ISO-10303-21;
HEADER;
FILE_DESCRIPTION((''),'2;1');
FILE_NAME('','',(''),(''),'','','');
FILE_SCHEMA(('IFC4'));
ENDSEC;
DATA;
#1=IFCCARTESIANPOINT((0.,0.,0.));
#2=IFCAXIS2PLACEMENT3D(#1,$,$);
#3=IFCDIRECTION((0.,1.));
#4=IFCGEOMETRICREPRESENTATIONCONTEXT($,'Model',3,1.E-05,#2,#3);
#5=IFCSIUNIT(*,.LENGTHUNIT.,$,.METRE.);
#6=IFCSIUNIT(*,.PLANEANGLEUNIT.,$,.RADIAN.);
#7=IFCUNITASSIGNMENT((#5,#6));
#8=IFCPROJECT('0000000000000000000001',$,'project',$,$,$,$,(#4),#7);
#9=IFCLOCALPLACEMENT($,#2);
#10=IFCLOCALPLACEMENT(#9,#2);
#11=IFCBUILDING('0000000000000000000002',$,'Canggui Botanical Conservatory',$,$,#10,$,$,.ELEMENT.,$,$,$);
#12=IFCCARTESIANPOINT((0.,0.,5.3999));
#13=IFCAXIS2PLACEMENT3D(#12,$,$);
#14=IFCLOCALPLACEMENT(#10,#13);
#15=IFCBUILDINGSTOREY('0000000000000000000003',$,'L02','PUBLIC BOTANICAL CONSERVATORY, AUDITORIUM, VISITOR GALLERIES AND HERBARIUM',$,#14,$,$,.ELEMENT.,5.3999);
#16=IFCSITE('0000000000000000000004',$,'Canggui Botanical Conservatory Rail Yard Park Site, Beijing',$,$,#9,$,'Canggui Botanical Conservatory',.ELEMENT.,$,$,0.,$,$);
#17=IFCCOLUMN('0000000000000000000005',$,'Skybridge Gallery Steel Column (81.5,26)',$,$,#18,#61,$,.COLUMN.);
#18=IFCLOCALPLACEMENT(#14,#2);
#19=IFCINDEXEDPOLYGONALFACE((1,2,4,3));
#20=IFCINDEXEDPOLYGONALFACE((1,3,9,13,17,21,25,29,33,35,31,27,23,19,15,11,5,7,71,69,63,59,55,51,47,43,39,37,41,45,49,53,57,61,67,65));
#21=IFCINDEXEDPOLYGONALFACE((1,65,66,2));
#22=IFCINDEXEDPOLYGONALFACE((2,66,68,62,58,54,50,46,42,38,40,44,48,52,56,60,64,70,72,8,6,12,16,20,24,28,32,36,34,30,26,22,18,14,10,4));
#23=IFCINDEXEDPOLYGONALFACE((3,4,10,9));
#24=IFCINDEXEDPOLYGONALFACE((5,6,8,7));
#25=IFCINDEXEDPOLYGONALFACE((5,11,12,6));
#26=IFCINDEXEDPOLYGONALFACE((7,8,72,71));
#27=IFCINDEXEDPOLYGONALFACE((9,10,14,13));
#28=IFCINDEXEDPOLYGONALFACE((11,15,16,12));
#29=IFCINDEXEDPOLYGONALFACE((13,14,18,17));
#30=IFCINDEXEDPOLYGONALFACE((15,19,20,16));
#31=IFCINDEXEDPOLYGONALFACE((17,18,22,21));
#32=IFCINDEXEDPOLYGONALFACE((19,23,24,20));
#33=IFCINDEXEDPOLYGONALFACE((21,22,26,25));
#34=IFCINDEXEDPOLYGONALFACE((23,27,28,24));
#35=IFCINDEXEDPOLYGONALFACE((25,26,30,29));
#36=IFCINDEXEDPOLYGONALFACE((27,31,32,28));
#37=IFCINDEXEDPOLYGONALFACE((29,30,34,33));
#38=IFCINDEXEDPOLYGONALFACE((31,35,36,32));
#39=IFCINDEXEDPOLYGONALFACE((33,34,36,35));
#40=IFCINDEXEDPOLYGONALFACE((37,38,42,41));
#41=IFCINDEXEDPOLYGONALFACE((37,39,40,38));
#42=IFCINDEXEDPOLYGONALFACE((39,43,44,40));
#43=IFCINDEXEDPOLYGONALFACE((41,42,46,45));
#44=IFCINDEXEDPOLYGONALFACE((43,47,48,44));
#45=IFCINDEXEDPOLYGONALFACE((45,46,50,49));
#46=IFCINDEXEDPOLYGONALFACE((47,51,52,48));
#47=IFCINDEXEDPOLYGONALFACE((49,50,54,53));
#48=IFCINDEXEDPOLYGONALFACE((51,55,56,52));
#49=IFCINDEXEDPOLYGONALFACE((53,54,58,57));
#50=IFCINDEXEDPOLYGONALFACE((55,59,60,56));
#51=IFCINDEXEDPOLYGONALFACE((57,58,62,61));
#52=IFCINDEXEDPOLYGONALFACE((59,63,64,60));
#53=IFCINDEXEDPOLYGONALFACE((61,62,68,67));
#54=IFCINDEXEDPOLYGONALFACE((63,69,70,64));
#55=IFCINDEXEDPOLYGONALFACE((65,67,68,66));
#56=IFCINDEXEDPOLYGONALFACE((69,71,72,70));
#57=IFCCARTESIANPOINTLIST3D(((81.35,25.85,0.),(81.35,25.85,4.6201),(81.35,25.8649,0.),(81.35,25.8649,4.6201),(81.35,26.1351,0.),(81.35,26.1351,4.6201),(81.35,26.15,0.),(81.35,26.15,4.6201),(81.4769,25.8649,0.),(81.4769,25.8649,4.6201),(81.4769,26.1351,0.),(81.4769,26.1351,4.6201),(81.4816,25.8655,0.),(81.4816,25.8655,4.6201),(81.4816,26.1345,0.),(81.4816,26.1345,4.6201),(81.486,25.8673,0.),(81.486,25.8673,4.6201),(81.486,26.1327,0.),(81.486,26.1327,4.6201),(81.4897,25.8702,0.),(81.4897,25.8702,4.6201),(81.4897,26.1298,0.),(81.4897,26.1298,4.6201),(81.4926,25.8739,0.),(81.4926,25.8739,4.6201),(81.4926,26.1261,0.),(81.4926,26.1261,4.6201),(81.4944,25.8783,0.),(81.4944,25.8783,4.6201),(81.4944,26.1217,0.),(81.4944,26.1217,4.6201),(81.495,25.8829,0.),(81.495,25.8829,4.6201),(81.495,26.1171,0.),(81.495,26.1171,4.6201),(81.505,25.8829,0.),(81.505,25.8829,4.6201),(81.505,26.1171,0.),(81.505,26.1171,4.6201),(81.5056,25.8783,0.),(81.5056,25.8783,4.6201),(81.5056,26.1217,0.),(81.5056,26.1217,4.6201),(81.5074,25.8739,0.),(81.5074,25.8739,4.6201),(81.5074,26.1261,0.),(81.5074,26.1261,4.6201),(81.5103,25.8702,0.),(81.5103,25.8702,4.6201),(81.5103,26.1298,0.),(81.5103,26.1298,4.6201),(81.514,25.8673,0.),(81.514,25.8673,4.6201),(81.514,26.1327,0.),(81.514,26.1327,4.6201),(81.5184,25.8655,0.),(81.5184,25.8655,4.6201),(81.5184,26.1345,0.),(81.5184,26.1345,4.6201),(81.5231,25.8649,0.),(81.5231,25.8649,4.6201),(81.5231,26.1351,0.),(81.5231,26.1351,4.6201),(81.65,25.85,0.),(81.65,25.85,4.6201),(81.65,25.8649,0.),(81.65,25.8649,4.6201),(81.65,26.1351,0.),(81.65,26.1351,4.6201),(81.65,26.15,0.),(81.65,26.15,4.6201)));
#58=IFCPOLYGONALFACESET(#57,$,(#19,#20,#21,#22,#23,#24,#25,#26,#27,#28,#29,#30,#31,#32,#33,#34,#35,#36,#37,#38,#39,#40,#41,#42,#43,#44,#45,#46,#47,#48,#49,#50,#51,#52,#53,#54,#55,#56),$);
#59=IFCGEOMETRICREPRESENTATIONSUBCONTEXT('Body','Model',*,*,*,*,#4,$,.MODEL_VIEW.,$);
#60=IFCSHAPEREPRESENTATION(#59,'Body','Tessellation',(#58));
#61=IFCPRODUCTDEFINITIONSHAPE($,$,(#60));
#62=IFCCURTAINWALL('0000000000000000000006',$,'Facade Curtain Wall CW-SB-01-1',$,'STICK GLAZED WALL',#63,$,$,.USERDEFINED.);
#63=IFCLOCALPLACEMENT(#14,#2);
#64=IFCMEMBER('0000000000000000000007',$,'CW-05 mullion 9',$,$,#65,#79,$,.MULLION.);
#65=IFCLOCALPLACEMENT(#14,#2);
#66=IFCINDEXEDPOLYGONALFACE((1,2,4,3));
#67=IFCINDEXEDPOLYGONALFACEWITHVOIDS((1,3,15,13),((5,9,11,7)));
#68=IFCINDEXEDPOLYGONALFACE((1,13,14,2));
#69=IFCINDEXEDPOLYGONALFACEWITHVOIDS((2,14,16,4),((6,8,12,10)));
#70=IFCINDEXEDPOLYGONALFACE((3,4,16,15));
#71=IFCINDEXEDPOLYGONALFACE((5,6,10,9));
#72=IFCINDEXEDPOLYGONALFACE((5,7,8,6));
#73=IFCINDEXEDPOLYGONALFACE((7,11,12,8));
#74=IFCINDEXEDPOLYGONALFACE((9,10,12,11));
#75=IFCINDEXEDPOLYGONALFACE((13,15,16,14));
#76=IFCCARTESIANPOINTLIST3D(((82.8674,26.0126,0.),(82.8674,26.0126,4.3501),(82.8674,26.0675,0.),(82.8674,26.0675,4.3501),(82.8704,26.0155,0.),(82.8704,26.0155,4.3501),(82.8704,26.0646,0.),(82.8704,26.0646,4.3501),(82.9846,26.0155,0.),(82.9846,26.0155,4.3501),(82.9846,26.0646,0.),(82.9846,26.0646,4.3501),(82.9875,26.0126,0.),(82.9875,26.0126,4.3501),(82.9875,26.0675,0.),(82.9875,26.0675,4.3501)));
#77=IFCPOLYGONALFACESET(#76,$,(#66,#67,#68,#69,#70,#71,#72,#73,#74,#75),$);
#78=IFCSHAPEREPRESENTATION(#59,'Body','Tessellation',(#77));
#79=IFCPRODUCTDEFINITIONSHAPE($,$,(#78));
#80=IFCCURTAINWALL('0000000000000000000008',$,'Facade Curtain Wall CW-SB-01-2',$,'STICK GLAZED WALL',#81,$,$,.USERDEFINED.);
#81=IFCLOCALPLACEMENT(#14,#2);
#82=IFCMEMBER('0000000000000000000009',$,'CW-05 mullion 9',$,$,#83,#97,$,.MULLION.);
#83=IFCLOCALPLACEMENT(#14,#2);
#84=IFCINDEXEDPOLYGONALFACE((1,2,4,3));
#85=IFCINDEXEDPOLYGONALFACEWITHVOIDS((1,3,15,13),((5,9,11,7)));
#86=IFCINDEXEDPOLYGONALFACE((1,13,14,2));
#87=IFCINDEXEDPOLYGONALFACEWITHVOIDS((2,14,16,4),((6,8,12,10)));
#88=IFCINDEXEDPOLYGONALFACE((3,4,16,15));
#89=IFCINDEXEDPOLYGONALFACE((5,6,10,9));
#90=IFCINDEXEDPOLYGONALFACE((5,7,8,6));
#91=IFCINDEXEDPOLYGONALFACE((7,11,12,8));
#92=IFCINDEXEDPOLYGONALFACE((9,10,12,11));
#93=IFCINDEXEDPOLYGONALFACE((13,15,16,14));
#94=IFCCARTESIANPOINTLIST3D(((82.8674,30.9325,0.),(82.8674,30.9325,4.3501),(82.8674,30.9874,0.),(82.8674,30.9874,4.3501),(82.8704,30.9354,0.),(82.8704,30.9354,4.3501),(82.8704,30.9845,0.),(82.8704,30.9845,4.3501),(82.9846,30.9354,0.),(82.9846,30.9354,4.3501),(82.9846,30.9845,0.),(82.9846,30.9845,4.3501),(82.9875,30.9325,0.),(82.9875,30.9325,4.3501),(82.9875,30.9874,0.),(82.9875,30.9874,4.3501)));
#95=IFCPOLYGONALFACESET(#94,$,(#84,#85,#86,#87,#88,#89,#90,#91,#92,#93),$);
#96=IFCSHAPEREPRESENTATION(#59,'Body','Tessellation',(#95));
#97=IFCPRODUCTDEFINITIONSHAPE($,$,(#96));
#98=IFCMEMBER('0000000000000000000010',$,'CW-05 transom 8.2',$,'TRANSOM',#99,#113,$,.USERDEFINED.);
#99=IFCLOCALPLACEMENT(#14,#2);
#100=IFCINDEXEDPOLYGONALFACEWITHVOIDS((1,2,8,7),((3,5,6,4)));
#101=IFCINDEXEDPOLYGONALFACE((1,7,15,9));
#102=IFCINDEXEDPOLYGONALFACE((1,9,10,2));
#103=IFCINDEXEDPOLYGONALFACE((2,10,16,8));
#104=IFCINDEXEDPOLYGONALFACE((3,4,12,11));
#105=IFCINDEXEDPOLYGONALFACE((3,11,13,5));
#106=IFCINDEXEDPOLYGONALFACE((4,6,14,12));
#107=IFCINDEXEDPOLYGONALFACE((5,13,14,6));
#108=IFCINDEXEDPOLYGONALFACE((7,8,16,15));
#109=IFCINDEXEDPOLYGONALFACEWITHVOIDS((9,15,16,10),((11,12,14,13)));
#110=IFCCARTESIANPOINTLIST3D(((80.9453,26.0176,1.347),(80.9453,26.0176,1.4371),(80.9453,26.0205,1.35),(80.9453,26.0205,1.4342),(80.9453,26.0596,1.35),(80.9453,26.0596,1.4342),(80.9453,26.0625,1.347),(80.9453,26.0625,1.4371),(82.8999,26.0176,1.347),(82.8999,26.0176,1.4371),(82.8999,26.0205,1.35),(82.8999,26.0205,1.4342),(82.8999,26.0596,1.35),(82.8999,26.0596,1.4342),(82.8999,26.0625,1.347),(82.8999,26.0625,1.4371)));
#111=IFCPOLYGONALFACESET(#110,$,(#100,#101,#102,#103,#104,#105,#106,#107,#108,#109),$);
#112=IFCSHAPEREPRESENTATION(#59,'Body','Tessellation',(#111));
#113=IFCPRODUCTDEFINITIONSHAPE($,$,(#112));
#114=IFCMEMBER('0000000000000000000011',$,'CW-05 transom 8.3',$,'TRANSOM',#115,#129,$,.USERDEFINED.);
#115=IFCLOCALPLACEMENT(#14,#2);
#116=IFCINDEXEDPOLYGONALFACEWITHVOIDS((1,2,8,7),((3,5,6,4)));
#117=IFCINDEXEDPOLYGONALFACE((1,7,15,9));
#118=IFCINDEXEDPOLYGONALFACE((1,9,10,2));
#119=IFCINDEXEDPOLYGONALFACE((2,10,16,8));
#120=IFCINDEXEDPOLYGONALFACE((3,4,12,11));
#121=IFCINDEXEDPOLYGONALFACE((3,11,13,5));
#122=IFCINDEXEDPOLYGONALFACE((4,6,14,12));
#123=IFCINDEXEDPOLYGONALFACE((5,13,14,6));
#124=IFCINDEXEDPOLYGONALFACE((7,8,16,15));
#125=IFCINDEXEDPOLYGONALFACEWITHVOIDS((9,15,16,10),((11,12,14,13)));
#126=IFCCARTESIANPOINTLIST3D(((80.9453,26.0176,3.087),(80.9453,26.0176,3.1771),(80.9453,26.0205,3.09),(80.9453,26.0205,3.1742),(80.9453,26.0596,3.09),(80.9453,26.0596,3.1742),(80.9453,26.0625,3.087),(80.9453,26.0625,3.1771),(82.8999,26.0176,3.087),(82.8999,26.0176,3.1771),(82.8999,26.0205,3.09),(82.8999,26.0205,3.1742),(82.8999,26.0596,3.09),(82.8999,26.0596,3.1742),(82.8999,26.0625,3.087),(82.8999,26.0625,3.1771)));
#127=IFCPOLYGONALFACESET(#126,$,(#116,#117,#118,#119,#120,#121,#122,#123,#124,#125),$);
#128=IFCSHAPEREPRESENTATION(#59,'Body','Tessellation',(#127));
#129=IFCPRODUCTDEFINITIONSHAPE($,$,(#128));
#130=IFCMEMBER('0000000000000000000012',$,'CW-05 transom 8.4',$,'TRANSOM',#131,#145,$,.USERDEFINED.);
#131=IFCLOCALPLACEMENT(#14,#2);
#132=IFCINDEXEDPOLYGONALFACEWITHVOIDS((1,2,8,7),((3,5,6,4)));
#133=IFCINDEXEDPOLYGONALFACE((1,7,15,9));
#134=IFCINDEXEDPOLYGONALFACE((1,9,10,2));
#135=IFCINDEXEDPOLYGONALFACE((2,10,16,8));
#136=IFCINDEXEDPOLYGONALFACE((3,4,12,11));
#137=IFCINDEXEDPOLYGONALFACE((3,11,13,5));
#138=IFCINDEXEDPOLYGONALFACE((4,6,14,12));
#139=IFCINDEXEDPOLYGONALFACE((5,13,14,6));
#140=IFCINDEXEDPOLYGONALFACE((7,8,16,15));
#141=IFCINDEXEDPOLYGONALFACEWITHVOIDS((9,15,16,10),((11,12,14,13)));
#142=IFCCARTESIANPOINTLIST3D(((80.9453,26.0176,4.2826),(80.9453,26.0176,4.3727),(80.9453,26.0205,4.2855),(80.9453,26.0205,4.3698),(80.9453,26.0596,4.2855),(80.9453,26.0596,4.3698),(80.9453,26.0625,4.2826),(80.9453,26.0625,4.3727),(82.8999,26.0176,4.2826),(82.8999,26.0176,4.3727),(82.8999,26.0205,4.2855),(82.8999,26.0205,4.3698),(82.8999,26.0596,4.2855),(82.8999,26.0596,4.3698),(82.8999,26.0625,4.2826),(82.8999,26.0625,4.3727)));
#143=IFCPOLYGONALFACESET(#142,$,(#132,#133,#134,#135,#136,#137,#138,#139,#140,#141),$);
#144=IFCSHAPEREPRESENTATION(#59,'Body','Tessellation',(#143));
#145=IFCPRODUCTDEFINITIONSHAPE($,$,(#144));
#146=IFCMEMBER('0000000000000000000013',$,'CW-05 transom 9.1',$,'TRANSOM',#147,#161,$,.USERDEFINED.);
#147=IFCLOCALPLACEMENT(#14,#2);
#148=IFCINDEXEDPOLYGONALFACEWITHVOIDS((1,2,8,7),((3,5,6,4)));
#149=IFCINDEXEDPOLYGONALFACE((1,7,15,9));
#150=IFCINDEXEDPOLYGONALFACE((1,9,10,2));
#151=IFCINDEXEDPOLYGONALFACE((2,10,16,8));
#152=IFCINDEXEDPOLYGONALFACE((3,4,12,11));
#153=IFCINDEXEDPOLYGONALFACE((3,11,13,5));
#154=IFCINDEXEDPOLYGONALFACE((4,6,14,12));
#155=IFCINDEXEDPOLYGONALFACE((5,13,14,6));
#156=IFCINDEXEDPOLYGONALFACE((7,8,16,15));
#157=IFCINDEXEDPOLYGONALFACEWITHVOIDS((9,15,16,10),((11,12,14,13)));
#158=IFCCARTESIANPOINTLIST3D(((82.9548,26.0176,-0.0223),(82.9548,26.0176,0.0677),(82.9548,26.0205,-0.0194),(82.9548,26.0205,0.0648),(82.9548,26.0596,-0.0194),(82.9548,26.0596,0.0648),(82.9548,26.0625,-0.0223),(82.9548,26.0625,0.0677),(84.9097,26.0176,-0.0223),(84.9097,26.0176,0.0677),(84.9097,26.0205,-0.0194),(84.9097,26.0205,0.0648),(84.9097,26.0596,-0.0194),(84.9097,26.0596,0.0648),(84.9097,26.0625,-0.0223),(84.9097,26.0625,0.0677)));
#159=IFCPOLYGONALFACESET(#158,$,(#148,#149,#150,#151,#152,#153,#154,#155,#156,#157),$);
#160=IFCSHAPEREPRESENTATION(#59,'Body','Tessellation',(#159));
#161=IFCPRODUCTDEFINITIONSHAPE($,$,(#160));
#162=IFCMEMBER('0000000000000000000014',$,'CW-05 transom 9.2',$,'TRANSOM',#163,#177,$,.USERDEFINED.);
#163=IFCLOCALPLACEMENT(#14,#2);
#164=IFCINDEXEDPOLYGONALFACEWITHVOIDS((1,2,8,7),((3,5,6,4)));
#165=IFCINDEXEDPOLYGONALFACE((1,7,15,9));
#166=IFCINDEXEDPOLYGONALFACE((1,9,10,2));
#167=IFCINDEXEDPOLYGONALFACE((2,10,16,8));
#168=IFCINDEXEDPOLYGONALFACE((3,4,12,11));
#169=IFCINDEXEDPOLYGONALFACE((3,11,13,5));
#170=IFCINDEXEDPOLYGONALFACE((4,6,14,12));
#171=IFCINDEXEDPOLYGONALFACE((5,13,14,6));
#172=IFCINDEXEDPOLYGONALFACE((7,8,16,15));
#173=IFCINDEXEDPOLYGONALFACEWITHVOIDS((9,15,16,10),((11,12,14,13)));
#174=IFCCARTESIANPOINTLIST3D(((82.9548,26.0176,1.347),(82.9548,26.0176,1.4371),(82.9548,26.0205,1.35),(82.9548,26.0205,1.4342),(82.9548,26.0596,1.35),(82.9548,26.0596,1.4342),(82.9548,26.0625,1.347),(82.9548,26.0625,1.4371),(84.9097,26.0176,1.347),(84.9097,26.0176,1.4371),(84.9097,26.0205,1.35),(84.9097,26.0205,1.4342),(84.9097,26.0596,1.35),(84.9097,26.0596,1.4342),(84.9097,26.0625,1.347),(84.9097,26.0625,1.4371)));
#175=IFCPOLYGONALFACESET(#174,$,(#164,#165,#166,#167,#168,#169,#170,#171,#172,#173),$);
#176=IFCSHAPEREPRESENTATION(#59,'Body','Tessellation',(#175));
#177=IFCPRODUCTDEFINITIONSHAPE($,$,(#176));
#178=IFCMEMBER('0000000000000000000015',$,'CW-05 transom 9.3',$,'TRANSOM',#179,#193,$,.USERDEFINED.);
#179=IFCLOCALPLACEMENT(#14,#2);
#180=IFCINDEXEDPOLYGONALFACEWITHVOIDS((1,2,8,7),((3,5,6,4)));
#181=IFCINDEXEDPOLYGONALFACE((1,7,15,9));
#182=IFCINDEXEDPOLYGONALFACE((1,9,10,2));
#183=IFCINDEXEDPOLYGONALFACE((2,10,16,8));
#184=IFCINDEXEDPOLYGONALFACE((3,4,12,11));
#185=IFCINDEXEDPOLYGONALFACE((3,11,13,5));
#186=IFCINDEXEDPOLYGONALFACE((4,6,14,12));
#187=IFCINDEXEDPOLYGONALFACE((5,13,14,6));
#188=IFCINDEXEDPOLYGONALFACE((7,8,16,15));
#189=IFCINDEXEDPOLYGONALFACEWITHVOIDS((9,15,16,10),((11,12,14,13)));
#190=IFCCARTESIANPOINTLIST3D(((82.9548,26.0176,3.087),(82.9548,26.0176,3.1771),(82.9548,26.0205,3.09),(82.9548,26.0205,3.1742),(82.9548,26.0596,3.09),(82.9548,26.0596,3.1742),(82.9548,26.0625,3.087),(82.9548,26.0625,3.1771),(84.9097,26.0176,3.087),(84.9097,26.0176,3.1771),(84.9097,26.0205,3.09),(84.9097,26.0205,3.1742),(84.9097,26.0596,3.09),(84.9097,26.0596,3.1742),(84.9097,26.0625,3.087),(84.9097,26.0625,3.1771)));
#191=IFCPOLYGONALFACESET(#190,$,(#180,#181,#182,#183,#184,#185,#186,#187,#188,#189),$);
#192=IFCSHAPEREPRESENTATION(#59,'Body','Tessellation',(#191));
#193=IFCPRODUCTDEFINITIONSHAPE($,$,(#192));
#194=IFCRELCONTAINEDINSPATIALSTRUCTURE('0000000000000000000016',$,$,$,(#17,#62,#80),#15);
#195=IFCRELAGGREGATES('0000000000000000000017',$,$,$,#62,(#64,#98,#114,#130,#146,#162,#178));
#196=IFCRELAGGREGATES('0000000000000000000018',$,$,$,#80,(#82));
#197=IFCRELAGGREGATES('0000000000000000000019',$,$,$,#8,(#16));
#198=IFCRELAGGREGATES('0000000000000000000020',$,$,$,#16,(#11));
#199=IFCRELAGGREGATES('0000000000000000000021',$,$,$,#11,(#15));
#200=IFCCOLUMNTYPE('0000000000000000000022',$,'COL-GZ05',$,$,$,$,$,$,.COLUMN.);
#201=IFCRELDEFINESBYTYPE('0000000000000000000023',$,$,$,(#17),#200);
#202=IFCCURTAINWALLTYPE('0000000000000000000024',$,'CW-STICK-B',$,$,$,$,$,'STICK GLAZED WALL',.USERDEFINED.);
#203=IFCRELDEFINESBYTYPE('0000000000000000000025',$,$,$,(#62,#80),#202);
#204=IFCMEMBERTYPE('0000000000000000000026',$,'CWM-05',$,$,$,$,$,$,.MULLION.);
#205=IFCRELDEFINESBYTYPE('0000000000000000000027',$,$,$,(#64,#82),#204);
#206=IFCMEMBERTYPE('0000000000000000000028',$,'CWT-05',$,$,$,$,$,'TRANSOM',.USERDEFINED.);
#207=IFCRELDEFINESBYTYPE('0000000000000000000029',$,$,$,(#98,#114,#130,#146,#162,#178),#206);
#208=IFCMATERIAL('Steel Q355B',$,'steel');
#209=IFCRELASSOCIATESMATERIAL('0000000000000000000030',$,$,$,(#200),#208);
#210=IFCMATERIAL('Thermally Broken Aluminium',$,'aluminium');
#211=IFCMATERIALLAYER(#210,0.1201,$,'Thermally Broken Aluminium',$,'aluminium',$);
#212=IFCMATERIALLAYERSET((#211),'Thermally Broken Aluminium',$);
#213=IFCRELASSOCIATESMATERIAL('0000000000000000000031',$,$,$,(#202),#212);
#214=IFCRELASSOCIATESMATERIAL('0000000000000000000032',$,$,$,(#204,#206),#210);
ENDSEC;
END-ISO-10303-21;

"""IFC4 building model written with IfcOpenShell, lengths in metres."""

from ifc_helpers import new_model, si_unit, direction, frame, origin, origin_2d, place, context, subcontext, project, spatial, hollow_rectangle, i_section, extrude, material, layer, layer_set, material_profile, profile_set, type_object, element, aggregate, save


model = new_model("IFC4")

# Units and contexts
model_context = context("Model", 3, precision=1e-05, world=origin(), true_north=direction((0.0, 1.0)))
body_context = subcontext(model_context, "Body", "Model", "MODEL_VIEW")
ifc_project = project(units=[si_unit("LENGTHUNIT", "METRE"), si_unit("PLANEANGLEUNIT", "RADIAN")], contexts=[model_context])

# Site, building, storey
site_placement = place(None, origin())
site = spatial("IfcSite", under=ifc_project, at=site_placement, Name="Canggui Botanical Conservatory Rail Yard Park Site, Beijing", LongName="Canggui Botanical Conservatory", CompositionType="ELEMENT", RefElevation=0.0)
building_placement = place(site_placement, origin())
building = spatial("IfcBuilding", under=site, at=building_placement, Name="Canggui Botanical Conservatory", CompositionType="ELEMENT")
storey_placement = place(building_placement, frame((0.0, 0.0, 5.3999)))
storey = spatial("IfcBuildingStorey", under=building, at=storey_placement, Name="L02", Description="PUBLIC BOTANICAL CONSERVATORY, AUDITORIUM, VISITOR GALLERIES AND HERBARIUM", CompositionType="ELEMENT", Elevation=5.3999)

# Column
ifc_material_1 = material(Name="Steel Q355B", Category="steel")
ifc_material_profile_1 = material_profile(ifc_material_1, i_section(OverallWidth=0.3, OverallDepth=0.3, WebThickness=0.01, FlangeThickness=0.0149, FilletRadius=0.0181, at=origin_2d()), Name="HW 300x300x10x15")
ifc_profile_set_1 = profile_set([ifc_material_profile_1], Name="Steel Q355B")
column_type = type_object("IfcColumnType", Name="COL-GZ05", PredefinedType="COLUMN", material=ifc_profile_set_1)
column_placement = place(storey_placement, frame((81.5, 26.0, 0.0), z_axis=(0.0, 0.0, 1.0), x_axis=(1.0, 0.0, 0.0)))
element("IfcColumn", 1, at=column_placement, inside=storey, type_object=column_type, Name="Skybridge Gallery Steel Column (81.5,26)", PredefinedType="COLUMN", context=body_context, shape_type="SweptSolid", body=[
    extrude(i_section(OverallWidth=0.3, OverallDepth=0.3, WebThickness=0.01, FlangeThickness=0.0149, FilletRadius=0.0181, at=origin_2d()), origin(), (0.0, 0.0, 1.0), 4.6201),
])

# Curtain walls, members
ifc_material_2 = material(Name="Thermally Broken Aluminium", Category="aluminium")
ifc_layer_1 = layer(ifc_material_2, 0.1201, Name="Thermally Broken Aluminium", Category="aluminium")
ifc_layer_set_1 = layer_set([ifc_layer_1], Name="Thermally Broken Aluminium")
curtain_wall_type = type_object("IfcCurtainWallType", Name="CW-STICK-B", ElementType="STICK GLAZED WALL", PredefinedType="USERDEFINED", material=ifc_layer_set_1)
curtain_wall_1_placement = place(storey_placement, origin())
curtain_wall_1 = element("IfcCurtainWall", 2, at=curtain_wall_1_placement, inside=storey, type_object=curtain_wall_type, Name="Facade Curtain Wall CW-SB-01-1", ObjectType="STICK GLAZED WALL", PredefinedType="USERDEFINED")
ifc_material_profile_2 = material_profile(ifc_material_2, hollow_rectangle(XDim=0.0549, YDim=0.1201, WallThickness=0.0029, at=origin_2d()), Name="CWM 55x120x3")
ifc_profile_set_2 = profile_set([ifc_material_profile_2], Name="Thermally Broken Aluminium")
member_type_1 = type_object("IfcMemberType", Name="CWM-05", PredefinedType="MULLION", material=ifc_profile_set_2)
member_1_placement = place(storey_placement, frame((82.9275, 26.04, 0.0), z_axis=(0.0, 0.0, 1.0), x_axis=(0.0, 1.0, 0.0)))
member_1 = element("IfcMember", 3, at=member_1_placement, type_object=member_type_1, Name="CW-05 mullion 9", PredefinedType="MULLION", context=body_context, shape_type="SweptSolid", body=[
    extrude(hollow_rectangle(XDim=0.0549, YDim=0.1201, WallThickness=0.0029, at=origin_2d()), origin(), (0.0, 0.0, 1.0), 4.3501),
])
curtain_wall_2_placement = place(storey_placement, origin())
curtain_wall_2 = element("IfcCurtainWall", 4, at=curtain_wall_2_placement, inside=storey, type_object=curtain_wall_type, Name="Facade Curtain Wall CW-SB-01-2", ObjectType="STICK GLAZED WALL", PredefinedType="USERDEFINED")
member_2_placement = place(storey_placement, frame((82.9275, 30.96, 0.0), z_axis=(0.0, 0.0, 1.0), x_axis=(0.0, 1.0, 0.0)))
member_2 = element("IfcMember", 5, at=member_2_placement, type_object=member_type_1, Name="CW-05 mullion 9", PredefinedType="MULLION", context=body_context, shape_type="SweptSolid", body=[
    extrude(hollow_rectangle(XDim=0.0549, YDim=0.1201, WallThickness=0.0029, at=origin_2d()), origin(), (0.0, 0.0, 1.0), 4.3501),
])

# Members
ifc_material_profile_3 = material_profile(ifc_material_2, hollow_rectangle(XDim=0.0449, YDim=0.0901, WallThickness=0.0029, at=origin_2d()), Name="CWT 45x90x3")
ifc_profile_set_3 = profile_set([ifc_material_profile_3], Name="Thermally Broken Aluminium")
member_type_2 = type_object("IfcMemberType", Name="CWT-05", ElementType="TRANSOM", PredefinedType="USERDEFINED", material=ifc_profile_set_3)
member_3_placement = place(storey_placement, frame((80.9453, 26.04, 1.3921), z_axis=(1.0, 0.0, 0.0), x_axis=(0.0, 1.0, 0.0)))
member_3 = element("IfcMember", 6, at=member_3_placement, type_object=member_type_2, Name="CW-05 transom 8.2", ObjectType="TRANSOM", PredefinedType="USERDEFINED", context=body_context, shape_type="SweptSolid", body=[
    extrude(hollow_rectangle(XDim=0.0449, YDim=0.0901, WallThickness=0.0029, at=origin_2d()), origin(), (0.0, 0.0, 1.0), 1.9546),
])
member_4_placement = place(storey_placement, frame((80.9453, 26.04, 3.1321), z_axis=(1.0, 0.0, 0.0), x_axis=(0.0, 1.0, 0.0)))
member_4 = element("IfcMember", 7, at=member_4_placement, type_object=member_type_2, Name="CW-05 transom 8.3", ObjectType="TRANSOM", PredefinedType="USERDEFINED", context=body_context, shape_type="SweptSolid", body=[
    extrude(hollow_rectangle(XDim=0.0449, YDim=0.0901, WallThickness=0.0029, at=origin_2d()), origin(), (0.0, 0.0, 1.0), 1.9546),
])
member_5_placement = place(storey_placement, frame((80.9453, 26.04, 4.3276), z_axis=(1.0, 0.0, 0.0), x_axis=(0.0, 1.0, 0.0)))
member_5 = element("IfcMember", 8, at=member_5_placement, type_object=member_type_2, Name="CW-05 transom 8.4", ObjectType="TRANSOM", PredefinedType="USERDEFINED", context=body_context, shape_type="SweptSolid", body=[
    extrude(hollow_rectangle(XDim=0.0449, YDim=0.0901, WallThickness=0.0029, at=origin_2d()), origin(), (0.0, 0.0, 1.0), 1.9546),
])
member_6_placement = place(storey_placement, frame((82.9548, 26.04, 0.0227), z_axis=(1.0, 0.0, 0.0), x_axis=(0.0, 1.0, 0.0)))
member_6 = element("IfcMember", 9, at=member_6_placement, type_object=member_type_2, Name="CW-05 transom 9.1", ObjectType="TRANSOM", PredefinedType="USERDEFINED", context=body_context, shape_type="SweptSolid", body=[
    extrude(hollow_rectangle(XDim=0.0449, YDim=0.0901, WallThickness=0.0029, at=origin_2d()), origin(), (0.0, 0.0, 1.0), 1.9548),
])
member_7_placement = place(storey_placement, frame((82.9548, 26.04, 1.3921), z_axis=(1.0, 0.0, 0.0), x_axis=(0.0, 1.0, 0.0)))
member_7 = element("IfcMember", 10, at=member_7_placement, type_object=member_type_2, Name="CW-05 transom 9.2", ObjectType="TRANSOM", PredefinedType="USERDEFINED", context=body_context, shape_type="SweptSolid", body=[
    extrude(hollow_rectangle(XDim=0.0449, YDim=0.0901, WallThickness=0.0029, at=origin_2d()), origin(), (0.0, 0.0, 1.0), 1.9548),
])
member_8_placement = place(storey_placement, frame((82.9548, 26.04, 3.1321), z_axis=(1.0, 0.0, 0.0), x_axis=(0.0, 1.0, 0.0)))
member_8 = element("IfcMember", 11, at=member_8_placement, type_object=member_type_2, Name="CW-05 transom 9.3", ObjectType="TRANSOM", PredefinedType="USERDEFINED", context=body_context, shape_type="SweptSolid", body=[
    extrude(hollow_rectangle(XDim=0.0449, YDim=0.0901, WallThickness=0.0029, at=origin_2d()), origin(), (0.0, 0.0, 1.0), 1.9548),
])

aggregate(curtain_wall_1, [member_1, member_3, member_4, member_5, member_6, member_7, member_8])
aggregate(curtain_wall_2, [member_2])

save(model, "model.ifc")
